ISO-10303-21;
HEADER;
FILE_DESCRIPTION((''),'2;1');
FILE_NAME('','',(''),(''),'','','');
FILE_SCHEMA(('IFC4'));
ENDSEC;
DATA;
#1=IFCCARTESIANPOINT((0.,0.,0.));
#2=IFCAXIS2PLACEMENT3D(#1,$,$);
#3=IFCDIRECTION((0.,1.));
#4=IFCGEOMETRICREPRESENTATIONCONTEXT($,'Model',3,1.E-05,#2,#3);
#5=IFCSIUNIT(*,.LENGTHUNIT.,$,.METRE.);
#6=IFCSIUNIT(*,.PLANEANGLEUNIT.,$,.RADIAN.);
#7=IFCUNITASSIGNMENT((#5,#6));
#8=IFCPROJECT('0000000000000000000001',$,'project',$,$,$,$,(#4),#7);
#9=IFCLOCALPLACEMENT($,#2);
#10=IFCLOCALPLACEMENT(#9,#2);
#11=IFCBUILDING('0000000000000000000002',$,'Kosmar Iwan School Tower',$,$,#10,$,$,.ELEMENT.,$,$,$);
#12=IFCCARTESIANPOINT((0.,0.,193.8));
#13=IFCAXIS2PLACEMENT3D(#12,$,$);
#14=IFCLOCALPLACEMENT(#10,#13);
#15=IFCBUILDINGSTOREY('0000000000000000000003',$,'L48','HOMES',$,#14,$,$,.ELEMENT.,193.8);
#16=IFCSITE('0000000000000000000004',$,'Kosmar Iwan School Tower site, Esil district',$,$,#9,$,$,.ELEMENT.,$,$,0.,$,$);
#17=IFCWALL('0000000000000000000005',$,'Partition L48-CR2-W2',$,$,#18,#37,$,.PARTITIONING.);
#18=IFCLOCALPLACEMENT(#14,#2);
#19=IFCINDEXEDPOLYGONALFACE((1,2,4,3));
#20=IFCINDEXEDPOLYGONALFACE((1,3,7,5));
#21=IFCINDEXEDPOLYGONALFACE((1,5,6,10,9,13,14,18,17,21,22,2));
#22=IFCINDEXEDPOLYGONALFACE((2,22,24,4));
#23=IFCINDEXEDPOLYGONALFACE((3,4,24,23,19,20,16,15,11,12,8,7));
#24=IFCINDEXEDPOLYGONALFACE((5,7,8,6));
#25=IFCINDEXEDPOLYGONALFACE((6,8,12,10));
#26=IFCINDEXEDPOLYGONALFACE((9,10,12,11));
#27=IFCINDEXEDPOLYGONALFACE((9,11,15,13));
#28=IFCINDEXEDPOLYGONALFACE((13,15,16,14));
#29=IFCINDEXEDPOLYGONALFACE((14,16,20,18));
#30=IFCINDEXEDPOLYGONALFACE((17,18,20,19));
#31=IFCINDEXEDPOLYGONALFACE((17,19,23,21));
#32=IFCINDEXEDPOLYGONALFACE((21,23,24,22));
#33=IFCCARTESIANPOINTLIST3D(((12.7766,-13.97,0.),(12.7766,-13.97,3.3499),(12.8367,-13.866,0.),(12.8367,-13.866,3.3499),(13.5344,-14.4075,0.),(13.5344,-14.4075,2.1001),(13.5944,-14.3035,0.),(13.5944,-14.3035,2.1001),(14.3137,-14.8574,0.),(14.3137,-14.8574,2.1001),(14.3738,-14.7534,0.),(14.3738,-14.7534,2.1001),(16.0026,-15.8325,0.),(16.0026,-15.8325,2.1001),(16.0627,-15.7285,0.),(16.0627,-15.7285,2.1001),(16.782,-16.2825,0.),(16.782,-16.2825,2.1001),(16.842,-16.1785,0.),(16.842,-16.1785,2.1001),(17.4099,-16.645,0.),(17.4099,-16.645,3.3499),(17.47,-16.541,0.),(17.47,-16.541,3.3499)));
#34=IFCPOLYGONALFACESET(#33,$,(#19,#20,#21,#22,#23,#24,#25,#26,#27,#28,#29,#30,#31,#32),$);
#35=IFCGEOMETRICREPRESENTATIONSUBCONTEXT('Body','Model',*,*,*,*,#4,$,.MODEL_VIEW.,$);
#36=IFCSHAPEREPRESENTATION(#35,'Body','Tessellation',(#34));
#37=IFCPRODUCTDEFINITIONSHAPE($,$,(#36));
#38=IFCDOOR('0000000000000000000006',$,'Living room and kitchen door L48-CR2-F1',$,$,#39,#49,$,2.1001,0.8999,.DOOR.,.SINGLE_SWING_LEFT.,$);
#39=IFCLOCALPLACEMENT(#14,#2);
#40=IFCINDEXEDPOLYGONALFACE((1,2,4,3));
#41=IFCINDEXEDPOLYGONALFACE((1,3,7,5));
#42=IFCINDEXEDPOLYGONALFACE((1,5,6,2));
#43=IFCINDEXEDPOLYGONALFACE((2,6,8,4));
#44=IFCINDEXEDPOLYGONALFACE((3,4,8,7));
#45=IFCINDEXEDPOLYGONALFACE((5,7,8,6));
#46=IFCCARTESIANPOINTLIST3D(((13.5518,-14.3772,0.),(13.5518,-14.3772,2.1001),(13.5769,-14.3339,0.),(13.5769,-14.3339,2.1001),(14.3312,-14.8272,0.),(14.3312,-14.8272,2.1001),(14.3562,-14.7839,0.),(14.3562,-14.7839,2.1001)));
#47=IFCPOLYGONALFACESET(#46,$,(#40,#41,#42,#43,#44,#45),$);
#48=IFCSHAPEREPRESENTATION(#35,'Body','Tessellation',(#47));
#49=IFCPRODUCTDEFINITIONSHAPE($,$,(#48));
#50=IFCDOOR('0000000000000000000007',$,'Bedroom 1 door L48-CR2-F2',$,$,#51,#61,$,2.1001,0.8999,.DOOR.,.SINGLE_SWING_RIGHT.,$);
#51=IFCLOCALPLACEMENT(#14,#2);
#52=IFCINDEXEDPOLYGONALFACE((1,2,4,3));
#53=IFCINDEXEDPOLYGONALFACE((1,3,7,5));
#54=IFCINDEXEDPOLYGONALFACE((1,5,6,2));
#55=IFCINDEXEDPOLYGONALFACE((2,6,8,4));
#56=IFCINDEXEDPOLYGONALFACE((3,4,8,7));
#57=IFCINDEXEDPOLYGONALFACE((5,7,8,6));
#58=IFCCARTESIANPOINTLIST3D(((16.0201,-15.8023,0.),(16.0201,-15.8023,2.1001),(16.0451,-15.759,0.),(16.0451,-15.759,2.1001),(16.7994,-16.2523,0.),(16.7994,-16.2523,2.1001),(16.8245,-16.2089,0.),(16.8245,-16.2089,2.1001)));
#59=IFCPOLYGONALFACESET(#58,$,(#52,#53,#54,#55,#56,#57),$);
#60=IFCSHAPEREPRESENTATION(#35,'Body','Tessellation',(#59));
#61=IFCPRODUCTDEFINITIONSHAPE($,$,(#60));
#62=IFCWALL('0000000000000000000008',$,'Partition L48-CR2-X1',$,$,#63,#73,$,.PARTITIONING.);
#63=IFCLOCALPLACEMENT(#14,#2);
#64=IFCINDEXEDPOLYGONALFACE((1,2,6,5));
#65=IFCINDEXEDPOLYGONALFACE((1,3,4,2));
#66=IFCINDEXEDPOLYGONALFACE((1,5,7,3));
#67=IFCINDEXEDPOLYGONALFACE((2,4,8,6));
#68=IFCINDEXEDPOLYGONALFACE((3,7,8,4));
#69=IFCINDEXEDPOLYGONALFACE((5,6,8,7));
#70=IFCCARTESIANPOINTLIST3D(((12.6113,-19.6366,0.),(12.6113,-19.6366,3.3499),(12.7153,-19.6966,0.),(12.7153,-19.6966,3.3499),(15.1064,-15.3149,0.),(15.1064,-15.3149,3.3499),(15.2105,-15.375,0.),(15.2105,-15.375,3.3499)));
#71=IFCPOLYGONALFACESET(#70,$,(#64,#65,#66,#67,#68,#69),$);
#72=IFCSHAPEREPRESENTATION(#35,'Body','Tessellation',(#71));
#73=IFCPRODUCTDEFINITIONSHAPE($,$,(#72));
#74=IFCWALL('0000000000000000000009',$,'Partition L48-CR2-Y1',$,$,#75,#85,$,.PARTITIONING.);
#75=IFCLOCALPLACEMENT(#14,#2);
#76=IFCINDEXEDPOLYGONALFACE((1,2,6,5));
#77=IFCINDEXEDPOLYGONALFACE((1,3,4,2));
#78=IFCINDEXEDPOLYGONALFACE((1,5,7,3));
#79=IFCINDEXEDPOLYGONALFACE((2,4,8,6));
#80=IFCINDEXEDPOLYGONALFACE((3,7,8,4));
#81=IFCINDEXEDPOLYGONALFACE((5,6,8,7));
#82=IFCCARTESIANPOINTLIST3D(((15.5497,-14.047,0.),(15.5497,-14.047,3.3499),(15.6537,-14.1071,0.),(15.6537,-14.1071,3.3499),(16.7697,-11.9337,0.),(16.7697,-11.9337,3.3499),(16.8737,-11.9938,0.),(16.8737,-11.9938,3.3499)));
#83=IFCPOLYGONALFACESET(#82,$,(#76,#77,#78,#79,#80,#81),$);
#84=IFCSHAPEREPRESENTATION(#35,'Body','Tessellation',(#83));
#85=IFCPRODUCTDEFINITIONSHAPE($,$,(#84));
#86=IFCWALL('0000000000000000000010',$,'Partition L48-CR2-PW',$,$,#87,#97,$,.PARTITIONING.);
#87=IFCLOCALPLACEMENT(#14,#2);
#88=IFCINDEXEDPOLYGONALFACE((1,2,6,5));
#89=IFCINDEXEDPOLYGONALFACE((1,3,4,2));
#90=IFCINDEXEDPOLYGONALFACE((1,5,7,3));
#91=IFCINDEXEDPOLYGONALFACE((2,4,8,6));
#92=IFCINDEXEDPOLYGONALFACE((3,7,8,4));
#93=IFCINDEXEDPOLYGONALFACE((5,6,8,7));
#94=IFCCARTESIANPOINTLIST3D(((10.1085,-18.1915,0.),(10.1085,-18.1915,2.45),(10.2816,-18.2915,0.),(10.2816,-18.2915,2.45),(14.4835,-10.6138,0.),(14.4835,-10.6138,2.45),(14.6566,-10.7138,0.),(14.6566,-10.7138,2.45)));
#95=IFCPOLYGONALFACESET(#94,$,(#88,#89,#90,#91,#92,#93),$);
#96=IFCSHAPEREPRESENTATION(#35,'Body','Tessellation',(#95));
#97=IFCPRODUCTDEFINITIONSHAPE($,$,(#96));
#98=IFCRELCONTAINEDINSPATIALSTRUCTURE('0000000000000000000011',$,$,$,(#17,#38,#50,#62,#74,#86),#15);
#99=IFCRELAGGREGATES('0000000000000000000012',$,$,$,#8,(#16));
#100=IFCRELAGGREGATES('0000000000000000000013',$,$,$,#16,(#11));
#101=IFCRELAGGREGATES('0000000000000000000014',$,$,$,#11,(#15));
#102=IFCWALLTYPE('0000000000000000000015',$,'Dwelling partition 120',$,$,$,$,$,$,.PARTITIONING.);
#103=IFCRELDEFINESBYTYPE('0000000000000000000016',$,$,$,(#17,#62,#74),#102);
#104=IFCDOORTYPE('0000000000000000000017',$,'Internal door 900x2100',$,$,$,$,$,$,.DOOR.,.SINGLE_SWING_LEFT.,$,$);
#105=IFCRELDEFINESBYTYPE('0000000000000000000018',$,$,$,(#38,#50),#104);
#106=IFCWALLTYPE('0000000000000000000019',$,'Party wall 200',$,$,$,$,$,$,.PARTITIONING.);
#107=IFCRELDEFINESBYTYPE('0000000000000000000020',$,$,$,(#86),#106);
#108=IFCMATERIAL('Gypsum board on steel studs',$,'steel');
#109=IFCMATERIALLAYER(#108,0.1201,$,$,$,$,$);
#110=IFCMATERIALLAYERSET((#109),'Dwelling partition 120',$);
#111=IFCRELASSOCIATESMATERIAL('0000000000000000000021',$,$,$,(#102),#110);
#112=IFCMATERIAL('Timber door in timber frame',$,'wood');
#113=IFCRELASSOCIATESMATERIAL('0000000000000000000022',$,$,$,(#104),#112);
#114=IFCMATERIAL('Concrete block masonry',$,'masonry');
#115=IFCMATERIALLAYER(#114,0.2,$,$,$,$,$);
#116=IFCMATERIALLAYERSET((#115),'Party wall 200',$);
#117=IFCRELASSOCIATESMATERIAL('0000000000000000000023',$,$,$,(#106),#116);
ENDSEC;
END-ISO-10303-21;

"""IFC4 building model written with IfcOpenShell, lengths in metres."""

from ifc_helpers import new_model, si_unit, direction, frame, frame_2d, origin, place, context, subcontext, project, spatial, rectangle, extrude, material, layer, layer_set, type_object, element, fill, save


model = new_model("IFC4")

# Units and contexts
model_context = context("Model", 3, precision=1e-05, world=origin(), true_north=direction((0.0, 1.0)))
body_context = subcontext(model_context, "Body", "Model", "MODEL_VIEW")
ifc_project = project(units=[si_unit("LENGTHUNIT", "METRE"), si_unit("PLANEANGLEUNIT", "RADIAN")], contexts=[model_context])

# Site, building, storey
site_placement = place(None, origin())
site = spatial("IfcSite", under=ifc_project, at=site_placement, Name="Kosmar Iwan School Tower site, Esil district", CompositionType="ELEMENT", RefElevation=0.0)
building_placement = place(site_placement, origin())
building = spatial("IfcBuilding", under=site, at=building_placement, Name="Kosmar Iwan School Tower", CompositionType="ELEMENT")
storey_placement = place(building_placement, frame((0.0, 0.0, 193.8)))
storey = spatial("IfcBuildingStorey", under=building, at=storey_placement, Name="L48", Description="HOMES", CompositionType="ELEMENT", Elevation=193.8)

# Shared definitions
ifc_material_1 = material(Name="Gypsum board on steel studs", Category="steel")
ifc_layer_1 = layer(ifc_material_1, 0.1201)
ifc_layer_set_1 = layer_set([ifc_layer_1], Name="Dwelling partition 120")
wall_type_1 = type_object("IfcWallType", Name="Dwelling partition 120", PredefinedType="PARTITIONING", material=ifc_layer_set_1)
ifc_material_2 = material(Name="Timber door in timber frame", Category="wood")
door_type_1 = type_object("IfcDoorType", Name="Internal door 900x2100", OperationType="SINGLE_SWING_LEFT", PredefinedType="DOOR", material=ifc_material_2)

# Wall, openings, doors
wall_1_placement = place(storey_placement, frame((12.8066, -13.918, 0.0), z_axis=(0.0, 0.0, 1.0), x_axis=(0.866024, -0.500002, 0.0)))
wall_1 = element("IfcWall", 1, at=wall_1_placement, inside=storey, type_object=wall_type_1, Name="Partition L48-CR2-W2", PredefinedType="PARTITIONING", context=body_context, shape_type="SweptSolid", body=[
    extrude(rectangle(XDim=5.3501, YDim=0.1201, at=frame_2d((2.675, 0.0))), origin(), (0.0, 0.0, 1.0), 3.3499),
])
opening_1_placement = place(wall_1_placement, frame((0.875, 0.0, 0.0)))
opening_1 = element("IfcOpeningElement", 2, at=opening_1_placement, cuts=wall_1, PredefinedType="OPENING", context=body_context, shape_type="SweptSolid", body=[
    extrude(rectangle(XDim=0.8999, YDim=2.1001, at=frame_2d((0.45, 1.05))), frame((0.0, 0.072, 0.0), z_axis=(0.0, -1.0, 0.0), x_axis=(1.0, 0.0, 0.0)), (0.0, 0.0, 1.0), 0.144),
])
opening_2_placement = place(wall_1_placement, frame((3.7251, 0.0, 0.0)))
opening_2 = element("IfcOpeningElement", 3, at=opening_2_placement, cuts=wall_1, PredefinedType="OPENING", context=body_context, shape_type="SweptSolid", body=[
    extrude(rectangle(XDim=0.8999, YDim=2.1001, at=frame_2d((0.45, 1.05))), frame((0.0, 0.072, 0.0), z_axis=(0.0, -1.0, 0.0), x_axis=(1.0, 0.0, 0.0)), (0.0, 0.0, 1.0), 0.144),
])
door_1_placement = place(opening_1_placement, origin())
door_1 = element("IfcDoor", 4, at=door_1_placement, inside=storey, type_object=door_type_1, Name="Living room and kitchen door L48-CR2-F1", OperationType="SINGLE_SWING_LEFT", OverallHeight=2.1001, OverallWidth=0.8999, PredefinedType="DOOR", context=body_context, shape_type="SweptSolid", body=[
    extrude(rectangle(XDim=0.8999, YDim=2.1001, at=frame_2d((0.45, 1.05))), frame((0.0, 0.0249, 0.0), z_axis=(0.0, -1.0, 0.0), x_axis=(1.0, 0.0, 0.0)), (0.0, 0.0, 1.0), 0.05),
])
fill(opening_1, door_1)
door_2_placement = place(opening_2_placement, origin())
door_2 = element("IfcDoor", 5, at=door_2_placement, inside=storey, type_object=door_type_1, Name="Bedroom 1 door L48-CR2-F2", OperationType="SINGLE_SWING_RIGHT", OverallHeight=2.1001, OverallWidth=0.8999, PredefinedType="DOOR", context=body_context, shape_type="SweptSolid", body=[
    extrude(rectangle(XDim=0.8999, YDim=2.1001, at=frame_2d((0.45, 1.05))), frame((0.0, 0.0249, 0.0), z_axis=(0.0, -1.0, 0.0), x_axis=(1.0, 0.0, 0.0)), (0.0, 0.0, 1.0), 0.05),
])
fill(opening_2, door_2)

# Walls
wall_2_placement = place(storey_placement, frame((15.1584, -15.345, 0.0), z_axis=(0.0, 0.0, 1.0), x_axis=(-0.500012, -0.866019, 0.0)))
element("IfcWall", 6, at=wall_2_placement, inside=storey, type_object=wall_type_1, Name="Partition L48-CR2-X1", PredefinedType="PARTITIONING", context=body_context, shape_type="SweptSolid", body=[
    extrude(rectangle(XDim=4.9902, YDim=0.1201, at=frame_2d((2.4951, 0.0))), origin(), (0.0, 0.0, 1.0), 3.3499),
])
wall_3_placement = place(storey_placement, frame((16.8218, -11.9636, 0.0), z_axis=(0.0, 0.0, 1.0), x_axis=(-0.499959, -0.866049, 0.0)))
element("IfcWall", 7, at=wall_3_placement, inside=storey, type_object=wall_type_1, Name="Partition L48-CR2-Y1", PredefinedType="PARTITIONING", context=body_context, shape_type="SweptSolid", body=[
    extrude(rectangle(XDim=2.4402, YDim=0.1201, at=frame_2d((1.2202, 0.0))), origin(), (0.0, 0.0, 1.0), 3.3499),
])
ifc_material_3 = material(Name="Concrete block masonry", Category="masonry")
ifc_layer_2 = layer(ifc_material_3, 0.2)
ifc_layer_set_2 = layer_set([ifc_layer_2], Name="Party wall 200")
wall_type_2 = type_object("IfcWallType", Name="Party wall 200", PredefinedType="PARTITIONING", material=ifc_layer_set_2)
wall_4_placement = place(storey_placement, frame((14.5701, -10.6638, 0.0), z_axis=(0.0, 0.0, 1.0), x_axis=(-0.500004, -0.866023, 0.0)))
element("IfcWall", 8, at=wall_4_placement, inside=storey, type_object=wall_type_2, Name="Partition L48-CR2-PW", PredefinedType="PARTITIONING", context=body_context, shape_type="SweptSolid", body=[
    extrude(rectangle(XDim=8.75, YDim=0.2, at=frame_2d((4.375, 0.0))), origin(), (0.0, 0.0, 1.0), 2.45),
])

save(model, "model.ifc")
